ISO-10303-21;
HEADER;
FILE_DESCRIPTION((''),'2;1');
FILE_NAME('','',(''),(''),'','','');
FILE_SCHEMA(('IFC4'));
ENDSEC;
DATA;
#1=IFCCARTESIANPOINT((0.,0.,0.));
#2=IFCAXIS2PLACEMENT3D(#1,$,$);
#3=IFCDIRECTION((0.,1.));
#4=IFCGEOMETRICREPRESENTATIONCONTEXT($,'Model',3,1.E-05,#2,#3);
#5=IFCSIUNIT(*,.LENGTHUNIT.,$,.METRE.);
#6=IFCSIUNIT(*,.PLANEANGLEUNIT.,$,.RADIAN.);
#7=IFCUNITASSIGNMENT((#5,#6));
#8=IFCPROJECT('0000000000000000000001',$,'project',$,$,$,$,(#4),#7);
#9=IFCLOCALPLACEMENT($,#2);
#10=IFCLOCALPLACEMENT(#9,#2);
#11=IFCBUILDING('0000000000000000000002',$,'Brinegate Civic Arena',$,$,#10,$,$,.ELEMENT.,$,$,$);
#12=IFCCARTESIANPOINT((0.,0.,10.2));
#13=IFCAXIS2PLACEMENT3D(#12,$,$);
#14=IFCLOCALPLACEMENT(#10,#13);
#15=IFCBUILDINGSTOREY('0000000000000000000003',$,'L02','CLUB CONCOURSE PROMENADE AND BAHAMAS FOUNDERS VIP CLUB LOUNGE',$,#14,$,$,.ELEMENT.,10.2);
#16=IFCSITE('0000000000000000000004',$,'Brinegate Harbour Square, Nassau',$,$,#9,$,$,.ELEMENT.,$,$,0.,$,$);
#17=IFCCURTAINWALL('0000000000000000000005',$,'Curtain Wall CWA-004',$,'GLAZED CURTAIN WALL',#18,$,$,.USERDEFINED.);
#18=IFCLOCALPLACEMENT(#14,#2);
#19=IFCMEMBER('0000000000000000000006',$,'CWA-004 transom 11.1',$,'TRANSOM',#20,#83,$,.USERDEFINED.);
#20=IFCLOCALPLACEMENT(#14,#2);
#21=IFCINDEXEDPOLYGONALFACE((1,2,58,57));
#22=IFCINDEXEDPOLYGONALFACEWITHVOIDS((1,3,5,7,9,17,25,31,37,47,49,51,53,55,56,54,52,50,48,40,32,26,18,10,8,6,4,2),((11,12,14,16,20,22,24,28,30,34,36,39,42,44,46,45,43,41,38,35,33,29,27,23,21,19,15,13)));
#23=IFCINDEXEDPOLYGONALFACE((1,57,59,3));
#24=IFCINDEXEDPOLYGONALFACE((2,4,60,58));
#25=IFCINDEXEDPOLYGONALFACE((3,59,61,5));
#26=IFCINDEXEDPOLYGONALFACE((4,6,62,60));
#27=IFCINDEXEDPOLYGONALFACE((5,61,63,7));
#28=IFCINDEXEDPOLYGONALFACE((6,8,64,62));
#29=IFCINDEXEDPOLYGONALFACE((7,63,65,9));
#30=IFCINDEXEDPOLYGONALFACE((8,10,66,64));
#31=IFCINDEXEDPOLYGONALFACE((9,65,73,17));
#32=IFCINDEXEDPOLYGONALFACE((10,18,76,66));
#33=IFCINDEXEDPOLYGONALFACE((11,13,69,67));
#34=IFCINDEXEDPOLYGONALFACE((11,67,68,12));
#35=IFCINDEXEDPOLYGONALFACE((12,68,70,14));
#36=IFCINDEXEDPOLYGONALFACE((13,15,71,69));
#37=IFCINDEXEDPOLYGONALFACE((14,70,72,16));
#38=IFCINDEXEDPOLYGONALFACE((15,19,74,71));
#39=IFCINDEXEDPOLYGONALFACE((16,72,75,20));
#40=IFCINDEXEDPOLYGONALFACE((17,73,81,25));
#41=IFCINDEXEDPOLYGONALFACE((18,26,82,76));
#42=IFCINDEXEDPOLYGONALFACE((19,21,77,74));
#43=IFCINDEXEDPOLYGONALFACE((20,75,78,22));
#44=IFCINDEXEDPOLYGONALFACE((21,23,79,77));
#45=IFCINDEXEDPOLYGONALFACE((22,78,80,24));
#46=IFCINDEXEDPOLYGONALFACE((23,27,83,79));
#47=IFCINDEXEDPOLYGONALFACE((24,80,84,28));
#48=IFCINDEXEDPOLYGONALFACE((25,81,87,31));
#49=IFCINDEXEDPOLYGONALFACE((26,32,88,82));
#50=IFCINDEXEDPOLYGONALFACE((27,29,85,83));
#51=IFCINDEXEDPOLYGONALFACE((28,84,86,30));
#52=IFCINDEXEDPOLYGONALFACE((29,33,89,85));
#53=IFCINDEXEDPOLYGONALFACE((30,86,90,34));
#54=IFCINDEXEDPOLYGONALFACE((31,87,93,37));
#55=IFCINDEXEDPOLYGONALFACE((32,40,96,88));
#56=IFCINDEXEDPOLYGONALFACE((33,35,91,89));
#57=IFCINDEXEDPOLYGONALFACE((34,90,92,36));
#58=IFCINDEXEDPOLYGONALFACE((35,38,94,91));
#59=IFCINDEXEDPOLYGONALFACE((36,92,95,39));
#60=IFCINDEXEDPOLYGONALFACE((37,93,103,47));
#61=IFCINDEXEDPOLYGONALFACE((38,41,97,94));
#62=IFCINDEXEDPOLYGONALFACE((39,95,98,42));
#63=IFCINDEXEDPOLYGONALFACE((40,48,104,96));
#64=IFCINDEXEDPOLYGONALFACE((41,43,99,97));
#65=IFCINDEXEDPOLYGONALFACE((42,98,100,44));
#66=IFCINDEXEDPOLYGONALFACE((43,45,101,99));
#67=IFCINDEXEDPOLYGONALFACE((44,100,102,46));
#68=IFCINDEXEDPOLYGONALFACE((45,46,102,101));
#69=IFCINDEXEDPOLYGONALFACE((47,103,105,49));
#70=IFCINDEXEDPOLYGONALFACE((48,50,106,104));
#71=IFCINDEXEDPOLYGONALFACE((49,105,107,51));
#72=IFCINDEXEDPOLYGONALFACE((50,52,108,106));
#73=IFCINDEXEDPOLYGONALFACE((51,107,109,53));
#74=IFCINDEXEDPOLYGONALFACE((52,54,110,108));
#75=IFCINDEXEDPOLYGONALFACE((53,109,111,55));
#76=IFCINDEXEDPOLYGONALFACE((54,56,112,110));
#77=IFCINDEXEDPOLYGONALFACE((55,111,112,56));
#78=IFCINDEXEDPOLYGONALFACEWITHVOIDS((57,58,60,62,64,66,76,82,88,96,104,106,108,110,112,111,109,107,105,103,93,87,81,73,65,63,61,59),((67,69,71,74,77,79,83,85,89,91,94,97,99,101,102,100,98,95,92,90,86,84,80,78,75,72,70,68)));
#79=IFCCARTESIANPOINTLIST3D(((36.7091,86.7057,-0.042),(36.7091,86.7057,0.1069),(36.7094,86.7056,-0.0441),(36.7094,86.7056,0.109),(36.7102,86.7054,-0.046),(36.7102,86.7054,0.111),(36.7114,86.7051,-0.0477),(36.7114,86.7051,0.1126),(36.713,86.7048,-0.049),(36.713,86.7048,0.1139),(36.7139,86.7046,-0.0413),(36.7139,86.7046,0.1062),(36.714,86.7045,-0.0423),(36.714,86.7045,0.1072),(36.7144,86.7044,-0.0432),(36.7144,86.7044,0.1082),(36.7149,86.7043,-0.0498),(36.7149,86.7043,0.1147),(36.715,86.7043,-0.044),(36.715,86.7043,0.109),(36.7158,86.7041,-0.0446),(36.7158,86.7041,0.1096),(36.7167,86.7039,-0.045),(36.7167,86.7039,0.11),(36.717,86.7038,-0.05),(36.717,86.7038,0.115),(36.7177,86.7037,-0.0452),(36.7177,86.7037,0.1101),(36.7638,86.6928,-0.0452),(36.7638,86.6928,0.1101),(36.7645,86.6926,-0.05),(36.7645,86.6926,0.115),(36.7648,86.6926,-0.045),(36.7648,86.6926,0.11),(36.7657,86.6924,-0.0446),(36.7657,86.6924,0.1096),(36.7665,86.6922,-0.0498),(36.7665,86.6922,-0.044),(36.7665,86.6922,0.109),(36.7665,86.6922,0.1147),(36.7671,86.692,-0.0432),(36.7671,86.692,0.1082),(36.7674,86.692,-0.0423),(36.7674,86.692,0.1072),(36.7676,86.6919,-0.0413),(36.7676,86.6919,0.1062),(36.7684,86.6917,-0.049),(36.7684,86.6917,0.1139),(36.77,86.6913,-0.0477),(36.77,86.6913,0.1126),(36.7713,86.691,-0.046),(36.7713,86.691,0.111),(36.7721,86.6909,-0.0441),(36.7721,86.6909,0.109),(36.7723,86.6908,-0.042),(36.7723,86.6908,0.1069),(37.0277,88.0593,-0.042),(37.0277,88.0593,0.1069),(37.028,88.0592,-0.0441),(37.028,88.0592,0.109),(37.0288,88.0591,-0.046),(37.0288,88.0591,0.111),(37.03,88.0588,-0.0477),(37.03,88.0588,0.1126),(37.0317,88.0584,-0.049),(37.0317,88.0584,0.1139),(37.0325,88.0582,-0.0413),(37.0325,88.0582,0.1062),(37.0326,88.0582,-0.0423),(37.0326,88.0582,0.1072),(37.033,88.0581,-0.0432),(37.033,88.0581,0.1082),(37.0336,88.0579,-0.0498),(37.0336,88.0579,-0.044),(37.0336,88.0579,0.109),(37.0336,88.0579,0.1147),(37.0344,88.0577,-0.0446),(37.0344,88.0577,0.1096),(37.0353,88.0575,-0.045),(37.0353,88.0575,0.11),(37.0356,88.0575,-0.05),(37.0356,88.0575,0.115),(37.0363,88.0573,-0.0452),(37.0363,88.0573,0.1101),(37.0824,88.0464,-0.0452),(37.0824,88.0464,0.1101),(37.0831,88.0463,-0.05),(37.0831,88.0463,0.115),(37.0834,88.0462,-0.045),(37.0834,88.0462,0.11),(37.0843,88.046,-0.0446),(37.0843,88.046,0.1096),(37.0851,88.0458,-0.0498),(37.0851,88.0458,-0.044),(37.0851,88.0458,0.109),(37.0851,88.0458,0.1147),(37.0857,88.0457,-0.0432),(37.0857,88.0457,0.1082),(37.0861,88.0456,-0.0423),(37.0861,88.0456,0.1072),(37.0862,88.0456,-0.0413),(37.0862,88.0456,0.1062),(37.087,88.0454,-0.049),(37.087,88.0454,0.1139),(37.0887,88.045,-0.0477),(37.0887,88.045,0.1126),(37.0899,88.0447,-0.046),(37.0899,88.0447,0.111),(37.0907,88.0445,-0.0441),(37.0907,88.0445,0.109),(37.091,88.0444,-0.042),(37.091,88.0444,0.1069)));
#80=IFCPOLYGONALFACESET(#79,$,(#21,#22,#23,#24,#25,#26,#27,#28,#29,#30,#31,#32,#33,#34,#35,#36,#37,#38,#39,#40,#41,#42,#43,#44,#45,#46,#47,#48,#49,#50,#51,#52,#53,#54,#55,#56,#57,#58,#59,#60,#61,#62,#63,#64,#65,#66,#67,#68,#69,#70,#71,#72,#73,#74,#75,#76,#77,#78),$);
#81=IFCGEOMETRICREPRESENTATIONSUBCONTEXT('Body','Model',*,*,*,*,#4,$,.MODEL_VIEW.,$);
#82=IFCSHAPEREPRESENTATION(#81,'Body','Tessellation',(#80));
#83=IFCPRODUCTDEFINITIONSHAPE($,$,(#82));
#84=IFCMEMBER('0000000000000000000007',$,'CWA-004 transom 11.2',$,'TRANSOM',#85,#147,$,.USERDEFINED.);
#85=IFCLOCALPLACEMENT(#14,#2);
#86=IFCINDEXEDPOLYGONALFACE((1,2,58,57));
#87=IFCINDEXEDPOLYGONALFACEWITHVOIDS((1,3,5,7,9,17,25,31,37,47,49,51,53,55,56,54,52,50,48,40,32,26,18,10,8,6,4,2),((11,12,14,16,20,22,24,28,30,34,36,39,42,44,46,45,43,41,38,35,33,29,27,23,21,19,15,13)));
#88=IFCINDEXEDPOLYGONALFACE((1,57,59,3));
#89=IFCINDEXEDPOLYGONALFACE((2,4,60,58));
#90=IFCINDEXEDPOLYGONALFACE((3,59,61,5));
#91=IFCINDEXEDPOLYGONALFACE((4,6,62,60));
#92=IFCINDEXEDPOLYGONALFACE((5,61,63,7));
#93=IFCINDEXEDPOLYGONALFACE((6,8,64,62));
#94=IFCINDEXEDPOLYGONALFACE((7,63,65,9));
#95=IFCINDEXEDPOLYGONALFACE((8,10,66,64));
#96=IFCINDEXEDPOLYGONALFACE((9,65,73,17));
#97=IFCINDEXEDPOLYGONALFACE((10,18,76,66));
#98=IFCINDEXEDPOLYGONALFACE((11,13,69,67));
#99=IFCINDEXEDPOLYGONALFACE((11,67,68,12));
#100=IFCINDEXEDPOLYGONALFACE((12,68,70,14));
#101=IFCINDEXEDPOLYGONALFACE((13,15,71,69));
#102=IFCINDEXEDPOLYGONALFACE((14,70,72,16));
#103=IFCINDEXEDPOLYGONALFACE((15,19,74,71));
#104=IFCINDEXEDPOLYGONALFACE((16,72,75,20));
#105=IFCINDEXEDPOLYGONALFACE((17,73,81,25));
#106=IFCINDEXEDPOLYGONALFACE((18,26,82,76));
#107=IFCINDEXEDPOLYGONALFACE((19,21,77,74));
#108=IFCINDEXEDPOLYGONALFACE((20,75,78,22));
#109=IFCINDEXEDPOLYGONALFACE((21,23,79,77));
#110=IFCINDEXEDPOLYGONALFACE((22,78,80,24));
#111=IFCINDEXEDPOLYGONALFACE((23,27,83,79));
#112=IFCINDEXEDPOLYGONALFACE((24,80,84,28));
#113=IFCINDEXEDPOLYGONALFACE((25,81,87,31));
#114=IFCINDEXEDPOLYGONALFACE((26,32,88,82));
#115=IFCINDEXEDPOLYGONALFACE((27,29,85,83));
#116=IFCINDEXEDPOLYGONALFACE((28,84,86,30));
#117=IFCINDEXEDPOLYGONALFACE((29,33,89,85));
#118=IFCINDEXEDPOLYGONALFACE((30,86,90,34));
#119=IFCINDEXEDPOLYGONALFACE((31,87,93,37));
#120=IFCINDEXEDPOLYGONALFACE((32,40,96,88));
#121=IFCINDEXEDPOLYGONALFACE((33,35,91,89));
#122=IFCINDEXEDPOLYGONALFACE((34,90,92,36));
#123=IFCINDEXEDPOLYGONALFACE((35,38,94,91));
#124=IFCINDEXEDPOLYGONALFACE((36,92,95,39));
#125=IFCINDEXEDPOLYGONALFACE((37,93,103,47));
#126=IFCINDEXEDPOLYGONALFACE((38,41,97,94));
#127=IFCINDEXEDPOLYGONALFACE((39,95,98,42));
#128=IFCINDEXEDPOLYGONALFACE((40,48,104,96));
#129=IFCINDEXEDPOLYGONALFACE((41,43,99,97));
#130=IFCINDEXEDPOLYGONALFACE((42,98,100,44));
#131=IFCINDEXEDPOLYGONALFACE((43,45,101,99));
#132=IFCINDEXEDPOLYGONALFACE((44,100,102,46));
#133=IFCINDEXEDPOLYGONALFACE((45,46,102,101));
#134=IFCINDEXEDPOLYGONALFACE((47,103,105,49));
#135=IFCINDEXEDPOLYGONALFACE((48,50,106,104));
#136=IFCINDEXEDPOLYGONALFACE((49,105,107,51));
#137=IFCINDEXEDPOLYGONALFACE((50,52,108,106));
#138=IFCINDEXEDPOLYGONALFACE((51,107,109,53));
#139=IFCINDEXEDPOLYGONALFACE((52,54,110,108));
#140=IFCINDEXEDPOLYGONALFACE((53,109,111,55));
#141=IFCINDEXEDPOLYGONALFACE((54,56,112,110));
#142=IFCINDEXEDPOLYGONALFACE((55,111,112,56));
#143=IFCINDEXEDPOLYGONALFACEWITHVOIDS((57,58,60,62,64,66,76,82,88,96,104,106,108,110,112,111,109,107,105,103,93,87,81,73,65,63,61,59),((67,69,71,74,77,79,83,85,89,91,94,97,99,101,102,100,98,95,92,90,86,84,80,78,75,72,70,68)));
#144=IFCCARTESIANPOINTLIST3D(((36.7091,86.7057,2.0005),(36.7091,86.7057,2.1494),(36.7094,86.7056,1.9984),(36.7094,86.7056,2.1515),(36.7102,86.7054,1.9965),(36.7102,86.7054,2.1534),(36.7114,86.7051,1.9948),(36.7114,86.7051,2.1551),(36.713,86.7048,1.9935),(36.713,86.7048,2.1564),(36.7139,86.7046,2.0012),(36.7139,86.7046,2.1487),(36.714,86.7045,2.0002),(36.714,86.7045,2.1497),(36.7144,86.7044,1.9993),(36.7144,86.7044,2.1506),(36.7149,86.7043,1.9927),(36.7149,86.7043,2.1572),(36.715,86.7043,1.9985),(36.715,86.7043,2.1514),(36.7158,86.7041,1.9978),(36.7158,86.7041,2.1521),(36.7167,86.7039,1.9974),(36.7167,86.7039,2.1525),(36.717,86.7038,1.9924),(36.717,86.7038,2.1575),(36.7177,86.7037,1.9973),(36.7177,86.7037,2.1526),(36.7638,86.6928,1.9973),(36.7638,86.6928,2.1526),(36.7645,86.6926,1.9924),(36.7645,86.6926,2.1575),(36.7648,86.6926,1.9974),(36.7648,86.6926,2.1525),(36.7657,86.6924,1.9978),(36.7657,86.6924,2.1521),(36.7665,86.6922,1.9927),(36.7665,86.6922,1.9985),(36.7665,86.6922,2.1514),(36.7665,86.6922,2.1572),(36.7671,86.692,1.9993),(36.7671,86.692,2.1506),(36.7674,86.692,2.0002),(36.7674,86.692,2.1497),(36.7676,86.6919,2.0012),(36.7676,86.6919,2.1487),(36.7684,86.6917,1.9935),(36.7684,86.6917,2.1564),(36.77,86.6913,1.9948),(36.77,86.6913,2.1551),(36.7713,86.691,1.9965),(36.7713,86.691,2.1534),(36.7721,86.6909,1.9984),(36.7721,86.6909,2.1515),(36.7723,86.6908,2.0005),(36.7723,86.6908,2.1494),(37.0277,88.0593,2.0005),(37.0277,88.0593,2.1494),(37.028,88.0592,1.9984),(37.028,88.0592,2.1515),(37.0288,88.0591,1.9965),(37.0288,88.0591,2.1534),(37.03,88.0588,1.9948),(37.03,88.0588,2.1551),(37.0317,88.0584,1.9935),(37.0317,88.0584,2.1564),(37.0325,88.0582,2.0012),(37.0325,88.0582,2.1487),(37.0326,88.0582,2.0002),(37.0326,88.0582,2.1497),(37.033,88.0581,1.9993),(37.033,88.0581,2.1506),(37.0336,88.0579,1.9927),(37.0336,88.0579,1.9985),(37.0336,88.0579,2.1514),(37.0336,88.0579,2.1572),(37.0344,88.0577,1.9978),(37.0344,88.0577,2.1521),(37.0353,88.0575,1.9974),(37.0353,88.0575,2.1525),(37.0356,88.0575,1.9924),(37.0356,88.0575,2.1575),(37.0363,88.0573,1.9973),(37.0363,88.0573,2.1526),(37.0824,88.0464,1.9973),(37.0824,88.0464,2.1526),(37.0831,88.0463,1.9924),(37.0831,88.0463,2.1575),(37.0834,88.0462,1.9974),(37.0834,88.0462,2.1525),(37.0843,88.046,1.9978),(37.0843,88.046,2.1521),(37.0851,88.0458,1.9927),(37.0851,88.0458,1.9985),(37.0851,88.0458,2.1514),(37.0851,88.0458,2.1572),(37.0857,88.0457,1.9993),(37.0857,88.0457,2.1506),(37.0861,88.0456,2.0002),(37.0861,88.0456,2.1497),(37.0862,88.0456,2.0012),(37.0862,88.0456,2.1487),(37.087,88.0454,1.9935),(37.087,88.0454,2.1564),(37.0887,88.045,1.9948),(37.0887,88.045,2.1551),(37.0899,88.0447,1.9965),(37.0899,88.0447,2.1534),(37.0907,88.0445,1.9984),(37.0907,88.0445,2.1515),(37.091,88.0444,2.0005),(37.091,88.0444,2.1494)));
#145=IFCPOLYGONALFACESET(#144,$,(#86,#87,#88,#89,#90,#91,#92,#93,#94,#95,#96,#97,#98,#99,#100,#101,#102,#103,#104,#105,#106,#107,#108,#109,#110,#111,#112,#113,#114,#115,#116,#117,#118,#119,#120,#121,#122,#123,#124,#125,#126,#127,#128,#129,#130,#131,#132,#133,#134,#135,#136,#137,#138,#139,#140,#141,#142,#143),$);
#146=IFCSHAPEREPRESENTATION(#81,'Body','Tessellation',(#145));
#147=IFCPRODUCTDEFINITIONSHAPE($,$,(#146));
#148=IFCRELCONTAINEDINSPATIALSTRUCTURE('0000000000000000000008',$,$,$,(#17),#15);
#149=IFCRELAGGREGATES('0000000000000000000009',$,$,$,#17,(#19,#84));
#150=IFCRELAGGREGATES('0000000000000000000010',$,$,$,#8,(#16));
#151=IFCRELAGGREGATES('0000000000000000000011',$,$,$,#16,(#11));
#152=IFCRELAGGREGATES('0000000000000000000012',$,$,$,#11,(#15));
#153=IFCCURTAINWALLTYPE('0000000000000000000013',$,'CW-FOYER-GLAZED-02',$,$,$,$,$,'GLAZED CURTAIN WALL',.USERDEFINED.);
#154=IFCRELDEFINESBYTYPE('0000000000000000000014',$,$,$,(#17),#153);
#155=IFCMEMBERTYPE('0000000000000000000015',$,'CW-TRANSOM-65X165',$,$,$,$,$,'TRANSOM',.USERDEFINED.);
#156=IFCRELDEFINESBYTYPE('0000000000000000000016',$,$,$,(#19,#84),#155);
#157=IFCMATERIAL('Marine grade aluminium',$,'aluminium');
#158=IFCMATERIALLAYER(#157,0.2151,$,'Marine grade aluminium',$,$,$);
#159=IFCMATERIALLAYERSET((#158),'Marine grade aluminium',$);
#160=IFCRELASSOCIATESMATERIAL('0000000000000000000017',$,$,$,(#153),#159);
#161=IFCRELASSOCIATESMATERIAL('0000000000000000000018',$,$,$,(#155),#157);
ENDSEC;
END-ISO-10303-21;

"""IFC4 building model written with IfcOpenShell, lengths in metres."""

from ifc_helpers import new_model, si_unit, direction, frame, origin, origin_2d, place, context, subcontext, project, spatial, hollow_rectangle, extrude, material, layer, layer_set, material_profile, profile_set, type_object, element, aggregate, save


model = new_model("IFC4")

# Units and contexts
model_context = context("Model", 3, precision=1e-05, world=origin(), true_north=direction((0.0, 1.0)))
body_context = subcontext(model_context, "Body", "Model", "MODEL_VIEW")
ifc_project = project(units=[si_unit("LENGTHUNIT", "METRE"), si_unit("PLANEANGLEUNIT", "RADIAN")], contexts=[model_context])

# Site, building, storey
site_placement = place(None, origin())
site = spatial("IfcSite", under=ifc_project, at=site_placement, Name="Brinegate Harbour Square, Nassau", CompositionType="ELEMENT", RefElevation=0.0)
building_placement = place(site_placement, origin())
building = spatial("IfcBuilding", under=site, at=building_placement, Name="Brinegate Civic Arena", CompositionType="ELEMENT")
storey_placement = place(building_placement, frame((0.0, 0.0, 10.2)))
storey = spatial("IfcBuildingStorey", under=building, at=storey_placement, Name="L02", Description="CLUB CONCOURSE PROMENADE AND BAHAMAS FOUNDERS VIP CLUB LOUNGE", CompositionType="ELEMENT", Elevation=10.2)

# Curtain wall
ifc_material_1 = material(Name="Marine grade aluminium", Category="aluminium")
ifc_layer_1 = layer(ifc_material_1, 0.2151, Name="Marine grade aluminium")
ifc_layer_set_1 = layer_set([ifc_layer_1], Name="Marine grade aluminium")
curtain_wall_type_1 = type_object("IfcCurtainWallType", Name="CW-FOYER-GLAZED-02", ElementType="GLAZED CURTAIN WALL", PredefinedType="USERDEFINED", material=ifc_layer_set_1)
curtain_wall_1_placement = place(storey_placement, origin())
curtain_wall_1 = element("IfcCurtainWall", 1, at=curtain_wall_1_placement, inside=storey, type_object=curtain_wall_type_1, Name="Curtain Wall CWA-004", ObjectType="GLAZED CURTAIN WALL", PredefinedType="USERDEFINED")

# Members
ifc_material_profile_1 = material_profile(ifc_material_1, hollow_rectangle(XDim=0.0649, YDim=0.165, WallThickness=0.0049, InnerFilletRadius=0.0039, OuterFilletRadius=0.0081, at=origin_2d()), Name="TRN65X165")
ifc_profile_set_1 = profile_set([ifc_material_profile_1], Name="Marine grade aluminium")
member_type_1 = type_object("IfcMemberType", Name="CW-TRANSOM-65X165", ElementType="TRANSOM", PredefinedType="USERDEFINED", material=ifc_profile_set_1)
member_1_placement = place(storey_placement, frame((36.7407, 86.6982, 0.0325), z_axis=(0.229127, 0.973396, 0.0), x_axis=(-0.973396, 0.229127, 0.0)))
member_1 = element("IfcMember", 2, at=member_1_placement, type_object=member_type_1, Name="CWA-004 transom 11.1", ObjectType="TRANSOM", PredefinedType="USERDEFINED", context=body_context, shape_type="SweptSolid", body=[
    extrude(hollow_rectangle(XDim=0.0649, YDim=0.165, WallThickness=0.0049, InnerFilletRadius=0.0039, OuterFilletRadius=0.0081, at=origin_2d()), origin(), (0.0, 0.0, 1.0), 1.3906),
])
member_2_placement = place(storey_placement, frame((36.7407, 86.6982, 2.075), z_axis=(0.229127, 0.973396, 0.0), x_axis=(-0.973396, 0.229127, 0.0)))
member_2 = element("IfcMember", 3, at=member_2_placement, type_object=member_type_1, Name="CWA-004 transom 11.2", ObjectType="TRANSOM", PredefinedType="USERDEFINED", context=body_context, shape_type="SweptSolid", body=[
    extrude(hollow_rectangle(XDim=0.0649, YDim=0.165, WallThickness=0.0049, InnerFilletRadius=0.0039, OuterFilletRadius=0.0081, at=origin_2d()), origin(), (0.0, 0.0, 1.0), 1.3906),
])

aggregate(curtain_wall_1, [member_1, member_2])

save(model, "model.ifc")
